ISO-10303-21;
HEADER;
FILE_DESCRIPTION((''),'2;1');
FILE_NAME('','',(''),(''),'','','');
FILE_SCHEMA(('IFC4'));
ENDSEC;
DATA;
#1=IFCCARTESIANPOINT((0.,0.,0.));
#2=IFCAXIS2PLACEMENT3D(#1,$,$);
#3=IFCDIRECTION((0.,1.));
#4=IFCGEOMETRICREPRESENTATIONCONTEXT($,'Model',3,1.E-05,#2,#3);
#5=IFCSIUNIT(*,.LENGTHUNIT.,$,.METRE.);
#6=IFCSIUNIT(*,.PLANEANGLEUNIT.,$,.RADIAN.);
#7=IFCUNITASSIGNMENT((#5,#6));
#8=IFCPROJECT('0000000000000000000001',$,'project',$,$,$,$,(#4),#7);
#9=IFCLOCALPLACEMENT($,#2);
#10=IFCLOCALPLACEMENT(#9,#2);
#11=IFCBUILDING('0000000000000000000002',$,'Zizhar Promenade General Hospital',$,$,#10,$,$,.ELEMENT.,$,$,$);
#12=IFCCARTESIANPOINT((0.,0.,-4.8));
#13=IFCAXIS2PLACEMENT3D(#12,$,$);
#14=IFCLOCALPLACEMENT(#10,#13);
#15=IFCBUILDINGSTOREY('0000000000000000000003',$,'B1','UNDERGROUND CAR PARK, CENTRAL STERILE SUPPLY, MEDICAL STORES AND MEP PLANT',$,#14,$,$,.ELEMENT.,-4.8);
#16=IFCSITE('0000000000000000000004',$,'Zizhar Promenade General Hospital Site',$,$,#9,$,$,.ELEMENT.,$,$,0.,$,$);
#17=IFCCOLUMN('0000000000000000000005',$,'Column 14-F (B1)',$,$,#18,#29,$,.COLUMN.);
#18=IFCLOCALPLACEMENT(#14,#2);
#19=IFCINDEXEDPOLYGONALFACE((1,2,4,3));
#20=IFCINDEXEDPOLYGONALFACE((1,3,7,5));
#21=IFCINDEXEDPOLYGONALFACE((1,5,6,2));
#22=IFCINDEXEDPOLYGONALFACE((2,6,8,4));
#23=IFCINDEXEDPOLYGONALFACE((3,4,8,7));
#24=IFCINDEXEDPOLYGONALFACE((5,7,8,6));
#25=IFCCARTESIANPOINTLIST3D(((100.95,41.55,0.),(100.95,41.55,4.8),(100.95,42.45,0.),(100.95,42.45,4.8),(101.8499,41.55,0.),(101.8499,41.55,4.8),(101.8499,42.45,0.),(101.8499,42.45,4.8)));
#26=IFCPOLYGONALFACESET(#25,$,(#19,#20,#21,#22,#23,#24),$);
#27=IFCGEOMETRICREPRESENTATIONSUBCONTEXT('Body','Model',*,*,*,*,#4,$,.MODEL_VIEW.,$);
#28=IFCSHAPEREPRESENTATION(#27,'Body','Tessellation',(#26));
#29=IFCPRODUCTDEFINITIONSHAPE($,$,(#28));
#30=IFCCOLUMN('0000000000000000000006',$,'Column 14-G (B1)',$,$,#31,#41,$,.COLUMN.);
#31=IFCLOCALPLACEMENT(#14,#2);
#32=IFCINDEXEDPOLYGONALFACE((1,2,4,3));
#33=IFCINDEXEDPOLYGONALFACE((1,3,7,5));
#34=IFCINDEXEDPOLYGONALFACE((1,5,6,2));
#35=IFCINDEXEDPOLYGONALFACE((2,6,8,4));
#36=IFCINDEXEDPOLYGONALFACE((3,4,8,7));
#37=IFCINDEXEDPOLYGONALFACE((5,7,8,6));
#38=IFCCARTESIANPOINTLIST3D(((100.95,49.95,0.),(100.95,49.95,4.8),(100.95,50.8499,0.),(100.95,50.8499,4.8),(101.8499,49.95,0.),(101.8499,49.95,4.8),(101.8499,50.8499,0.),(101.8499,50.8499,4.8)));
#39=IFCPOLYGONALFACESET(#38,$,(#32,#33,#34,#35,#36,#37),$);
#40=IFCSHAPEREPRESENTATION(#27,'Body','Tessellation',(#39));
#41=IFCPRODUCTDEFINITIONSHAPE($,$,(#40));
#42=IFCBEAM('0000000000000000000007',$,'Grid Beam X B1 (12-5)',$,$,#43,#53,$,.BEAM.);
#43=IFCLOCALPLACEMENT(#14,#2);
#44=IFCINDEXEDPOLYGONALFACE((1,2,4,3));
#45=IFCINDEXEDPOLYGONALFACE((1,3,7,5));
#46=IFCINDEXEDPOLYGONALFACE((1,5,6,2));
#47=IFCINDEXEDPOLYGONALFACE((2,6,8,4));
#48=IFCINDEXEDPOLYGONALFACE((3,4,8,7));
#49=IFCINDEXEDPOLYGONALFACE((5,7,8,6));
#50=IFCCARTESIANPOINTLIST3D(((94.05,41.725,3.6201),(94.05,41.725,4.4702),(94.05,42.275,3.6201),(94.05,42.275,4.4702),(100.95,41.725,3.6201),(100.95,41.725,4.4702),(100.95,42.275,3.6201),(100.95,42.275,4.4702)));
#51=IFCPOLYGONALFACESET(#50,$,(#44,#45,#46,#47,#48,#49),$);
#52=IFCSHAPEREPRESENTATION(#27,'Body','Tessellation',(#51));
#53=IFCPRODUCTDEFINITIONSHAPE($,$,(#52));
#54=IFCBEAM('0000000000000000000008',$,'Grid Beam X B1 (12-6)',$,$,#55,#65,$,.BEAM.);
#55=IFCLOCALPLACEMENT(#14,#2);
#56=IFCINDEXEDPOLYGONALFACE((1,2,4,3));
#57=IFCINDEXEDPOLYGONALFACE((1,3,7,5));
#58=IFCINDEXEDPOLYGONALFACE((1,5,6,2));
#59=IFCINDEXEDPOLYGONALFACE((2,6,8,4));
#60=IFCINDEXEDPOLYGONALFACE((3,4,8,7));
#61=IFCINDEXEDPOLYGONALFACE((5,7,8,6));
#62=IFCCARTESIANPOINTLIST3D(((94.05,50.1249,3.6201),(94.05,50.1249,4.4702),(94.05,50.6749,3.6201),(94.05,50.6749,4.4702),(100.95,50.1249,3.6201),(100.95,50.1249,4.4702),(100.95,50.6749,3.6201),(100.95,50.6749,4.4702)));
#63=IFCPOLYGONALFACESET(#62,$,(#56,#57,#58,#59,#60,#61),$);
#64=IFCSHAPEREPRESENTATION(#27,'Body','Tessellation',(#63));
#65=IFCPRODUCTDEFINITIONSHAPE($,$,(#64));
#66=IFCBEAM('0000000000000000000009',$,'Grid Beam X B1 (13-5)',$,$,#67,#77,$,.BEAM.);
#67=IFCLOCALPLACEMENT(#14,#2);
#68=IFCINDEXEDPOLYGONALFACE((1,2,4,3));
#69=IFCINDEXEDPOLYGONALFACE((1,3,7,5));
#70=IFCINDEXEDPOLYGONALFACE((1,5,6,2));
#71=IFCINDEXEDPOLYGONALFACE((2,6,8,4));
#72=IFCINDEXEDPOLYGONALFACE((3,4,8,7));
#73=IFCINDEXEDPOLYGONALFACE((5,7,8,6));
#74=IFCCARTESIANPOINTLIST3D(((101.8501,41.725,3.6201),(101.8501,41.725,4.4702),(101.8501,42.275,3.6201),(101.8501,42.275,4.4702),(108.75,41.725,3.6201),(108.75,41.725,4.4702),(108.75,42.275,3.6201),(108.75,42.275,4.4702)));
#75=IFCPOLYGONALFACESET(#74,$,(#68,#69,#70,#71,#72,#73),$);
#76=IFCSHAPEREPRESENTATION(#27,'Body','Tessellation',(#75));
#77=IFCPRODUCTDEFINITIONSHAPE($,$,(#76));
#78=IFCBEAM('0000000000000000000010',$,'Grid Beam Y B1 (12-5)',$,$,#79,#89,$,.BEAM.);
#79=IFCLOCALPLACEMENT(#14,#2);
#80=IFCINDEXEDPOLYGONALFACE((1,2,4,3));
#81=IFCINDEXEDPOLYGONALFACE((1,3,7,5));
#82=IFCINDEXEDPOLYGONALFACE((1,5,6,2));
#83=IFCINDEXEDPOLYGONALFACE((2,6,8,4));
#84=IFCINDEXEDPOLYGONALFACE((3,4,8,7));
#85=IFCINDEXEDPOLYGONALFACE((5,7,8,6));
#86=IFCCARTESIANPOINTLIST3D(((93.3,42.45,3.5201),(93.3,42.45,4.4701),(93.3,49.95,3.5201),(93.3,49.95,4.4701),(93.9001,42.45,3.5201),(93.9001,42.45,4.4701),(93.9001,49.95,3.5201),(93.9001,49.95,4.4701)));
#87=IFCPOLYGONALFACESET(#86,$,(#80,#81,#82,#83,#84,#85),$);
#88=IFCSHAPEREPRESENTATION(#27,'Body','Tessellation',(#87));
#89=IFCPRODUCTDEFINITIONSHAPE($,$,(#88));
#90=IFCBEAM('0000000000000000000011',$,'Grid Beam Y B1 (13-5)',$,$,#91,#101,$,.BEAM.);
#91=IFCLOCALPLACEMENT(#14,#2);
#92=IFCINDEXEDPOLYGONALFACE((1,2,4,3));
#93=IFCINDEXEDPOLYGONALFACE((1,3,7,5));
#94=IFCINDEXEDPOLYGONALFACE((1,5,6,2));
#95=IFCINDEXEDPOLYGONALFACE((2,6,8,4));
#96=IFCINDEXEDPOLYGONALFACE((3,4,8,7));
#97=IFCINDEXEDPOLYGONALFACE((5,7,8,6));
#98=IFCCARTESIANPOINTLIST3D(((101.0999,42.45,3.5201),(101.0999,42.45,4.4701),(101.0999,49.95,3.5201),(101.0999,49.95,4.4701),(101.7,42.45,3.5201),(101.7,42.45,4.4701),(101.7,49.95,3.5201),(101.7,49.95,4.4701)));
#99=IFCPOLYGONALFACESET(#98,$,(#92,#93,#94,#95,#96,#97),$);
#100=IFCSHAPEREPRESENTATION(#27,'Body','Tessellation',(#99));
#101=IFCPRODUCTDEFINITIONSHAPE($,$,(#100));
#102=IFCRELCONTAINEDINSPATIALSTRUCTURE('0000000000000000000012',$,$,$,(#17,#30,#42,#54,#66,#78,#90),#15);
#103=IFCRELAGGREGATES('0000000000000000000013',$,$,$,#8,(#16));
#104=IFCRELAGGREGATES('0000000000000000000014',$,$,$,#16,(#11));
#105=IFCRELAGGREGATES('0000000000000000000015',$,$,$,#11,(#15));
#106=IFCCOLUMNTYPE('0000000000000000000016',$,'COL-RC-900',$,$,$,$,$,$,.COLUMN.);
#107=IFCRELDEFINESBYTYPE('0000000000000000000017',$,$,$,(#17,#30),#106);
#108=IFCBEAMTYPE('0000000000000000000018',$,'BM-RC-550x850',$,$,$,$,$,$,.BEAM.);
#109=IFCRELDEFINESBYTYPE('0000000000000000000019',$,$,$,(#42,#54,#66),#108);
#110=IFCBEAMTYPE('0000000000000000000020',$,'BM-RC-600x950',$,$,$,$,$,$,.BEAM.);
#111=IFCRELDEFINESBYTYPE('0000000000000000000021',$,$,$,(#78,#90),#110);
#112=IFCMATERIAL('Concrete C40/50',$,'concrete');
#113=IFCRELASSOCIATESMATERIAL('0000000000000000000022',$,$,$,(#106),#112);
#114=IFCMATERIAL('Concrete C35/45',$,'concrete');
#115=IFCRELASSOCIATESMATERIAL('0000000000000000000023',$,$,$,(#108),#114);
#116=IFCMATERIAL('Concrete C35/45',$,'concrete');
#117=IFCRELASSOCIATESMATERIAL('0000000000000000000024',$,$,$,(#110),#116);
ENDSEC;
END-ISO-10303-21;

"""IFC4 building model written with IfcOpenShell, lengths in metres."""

from ifc_helpers import new_model, si_unit, direction, frame, origin, origin_2d, place, context, subcontext, project, spatial, rectangle, extrude, material, material_profile, profile_set, type_object, element, save


model = new_model("IFC4")

# Units and contexts
model_context = context("Model", 3, precision=1e-05, world=origin(), true_north=direction((0.0, 1.0)))
body_context = subcontext(model_context, "Body", "Model", "MODEL_VIEW")
ifc_project = project(units=[si_unit("LENGTHUNIT", "METRE"), si_unit("PLANEANGLEUNIT", "RADIAN")], contexts=[model_context])

# Site, building, storey
site_placement = place(None, origin())
site = spatial("IfcSite", under=ifc_project, at=site_placement, Name="Zizhar Promenade General Hospital Site", CompositionType="ELEMENT", RefElevation=0.0)
building_placement = place(site_placement, origin())
building = spatial("IfcBuilding", under=site, at=building_placement, Name="Zizhar Promenade General Hospital", CompositionType="ELEMENT")
storey_placement = place(building_placement, frame((0.0, 0.0, -4.8)))
storey = spatial("IfcBuildingStorey", under=building, at=storey_placement, Name="B1", Description="UNDERGROUND CAR PARK, CENTRAL STERILE SUPPLY, MEDICAL STORES AND MEP PLANT", CompositionType="ELEMENT", Elevation=-4.8)

# Columns
ifc_material_1 = material(Name="Concrete C40/50", Category="concrete")
ifc_material_profile_1 = material_profile(ifc_material_1, rectangle(XDim=0.8999, YDim=0.8999, at=origin_2d()))
ifc_profile_set_1 = profile_set([ifc_material_profile_1], Name="Concrete C40/50")
column_type = type_object("IfcColumnType", Name="COL-RC-900", PredefinedType="COLUMN", material=ifc_profile_set_1)
for number, where, z_axis, x_axis, name in (
    (1, (101.3999, 42.0, 0.0), (0.0, 0.0, 1.0), (1.0, 0.0, 0.0), "Column 14-F (B1)"),
    (2, (101.3999, 50.3999, 0.0), (0.0, 0.0, 1.0), (1.0, 0.0, 0.0), "Column 14-G (B1)"),
):
    element("IfcColumn", number, at=place(storey_placement, frame(where, z_axis=z_axis, x_axis=x_axis)), inside=storey, type_object=column_type, Name=name, PredefinedType="COLUMN", context=body_context, shape_type="SweptSolid", body=[
        extrude(rectangle(XDim=0.8999, YDim=0.8999, at=origin_2d()), origin(), (0.0, 0.0, 1.0), 4.8),
    ])

# Beams
ifc_material_2 = material(Name="Concrete C35/45", Category="concrete")
ifc_material_profile_2 = material_profile(ifc_material_2, rectangle(XDim=0.55, YDim=0.8501, at=origin_2d()))
ifc_profile_set_2 = profile_set([ifc_material_profile_2], Name="Concrete C35/45")
beam_type_1 = type_object("IfcBeamType", Name="BM-RC-550x850", PredefinedType="BEAM", material=ifc_profile_set_2)
for number, where, z_axis, x_axis, name in (
    (3, (94.05, 42.0, 4.0452), (1.0, 0.0, 0.0), (0.0, 1.0, 0.0), "Grid Beam X B1 (12-5)"),
    (4, (94.05, 50.3999, 4.0452), (1.0, 0.0, 0.0), (0.0, 1.0, 0.0), "Grid Beam X B1 (12-6)"),
    (5, (101.8501, 42.0, 4.0452), (1.0, 0.0, 0.0), (0.0, 1.0, 0.0), "Grid Beam X B1 (13-5)"),
):
    element("IfcBeam", number, at=place(storey_placement, frame(where, z_axis=z_axis, x_axis=x_axis)), inside=storey, type_object=beam_type_1, Name=name, PredefinedType="BEAM", context=body_context, shape_type="SweptSolid", body=[
        extrude(rectangle(XDim=0.55, YDim=0.8501, at=origin_2d()), origin(), (0.0, 0.0, 1.0), 6.8999),
    ])
ifc_material_3 = material(Name="Concrete C35/45", Category="concrete")
ifc_material_profile_3 = material_profile(ifc_material_3, rectangle(XDim=0.6001, YDim=0.95, at=origin_2d()))
ifc_profile_set_3 = profile_set([ifc_material_profile_3], Name="Concrete C35/45")
beam_type_2 = type_object("IfcBeamType", Name="BM-RC-600x950", PredefinedType="BEAM", material=ifc_profile_set_3)
for number, where, z_axis, x_axis, name in (
    (6, (93.6001, 42.45, 3.9951), (0.0, 1.0, 0.0), (-1.0, 0.0, 0.0), "Grid Beam Y B1 (12-5)"),
    (7, (101.3999, 42.45, 3.9951), (0.0, 1.0, 0.0), (-1.0, 0.0, 0.0), "Grid Beam Y B1 (13-5)"),
):
    element("IfcBeam", number, at=place(storey_placement, frame(where, z_axis=z_axis, x_axis=x_axis)), inside=storey, type_object=beam_type_2, Name=name, PredefinedType="BEAM", context=body_context, shape_type="SweptSolid", body=[
        extrude(rectangle(XDim=0.6001, YDim=0.95, at=origin_2d()), origin(), (0.0, 0.0, 1.0), 7.5),
    ])

save(model, "model.ifc")
